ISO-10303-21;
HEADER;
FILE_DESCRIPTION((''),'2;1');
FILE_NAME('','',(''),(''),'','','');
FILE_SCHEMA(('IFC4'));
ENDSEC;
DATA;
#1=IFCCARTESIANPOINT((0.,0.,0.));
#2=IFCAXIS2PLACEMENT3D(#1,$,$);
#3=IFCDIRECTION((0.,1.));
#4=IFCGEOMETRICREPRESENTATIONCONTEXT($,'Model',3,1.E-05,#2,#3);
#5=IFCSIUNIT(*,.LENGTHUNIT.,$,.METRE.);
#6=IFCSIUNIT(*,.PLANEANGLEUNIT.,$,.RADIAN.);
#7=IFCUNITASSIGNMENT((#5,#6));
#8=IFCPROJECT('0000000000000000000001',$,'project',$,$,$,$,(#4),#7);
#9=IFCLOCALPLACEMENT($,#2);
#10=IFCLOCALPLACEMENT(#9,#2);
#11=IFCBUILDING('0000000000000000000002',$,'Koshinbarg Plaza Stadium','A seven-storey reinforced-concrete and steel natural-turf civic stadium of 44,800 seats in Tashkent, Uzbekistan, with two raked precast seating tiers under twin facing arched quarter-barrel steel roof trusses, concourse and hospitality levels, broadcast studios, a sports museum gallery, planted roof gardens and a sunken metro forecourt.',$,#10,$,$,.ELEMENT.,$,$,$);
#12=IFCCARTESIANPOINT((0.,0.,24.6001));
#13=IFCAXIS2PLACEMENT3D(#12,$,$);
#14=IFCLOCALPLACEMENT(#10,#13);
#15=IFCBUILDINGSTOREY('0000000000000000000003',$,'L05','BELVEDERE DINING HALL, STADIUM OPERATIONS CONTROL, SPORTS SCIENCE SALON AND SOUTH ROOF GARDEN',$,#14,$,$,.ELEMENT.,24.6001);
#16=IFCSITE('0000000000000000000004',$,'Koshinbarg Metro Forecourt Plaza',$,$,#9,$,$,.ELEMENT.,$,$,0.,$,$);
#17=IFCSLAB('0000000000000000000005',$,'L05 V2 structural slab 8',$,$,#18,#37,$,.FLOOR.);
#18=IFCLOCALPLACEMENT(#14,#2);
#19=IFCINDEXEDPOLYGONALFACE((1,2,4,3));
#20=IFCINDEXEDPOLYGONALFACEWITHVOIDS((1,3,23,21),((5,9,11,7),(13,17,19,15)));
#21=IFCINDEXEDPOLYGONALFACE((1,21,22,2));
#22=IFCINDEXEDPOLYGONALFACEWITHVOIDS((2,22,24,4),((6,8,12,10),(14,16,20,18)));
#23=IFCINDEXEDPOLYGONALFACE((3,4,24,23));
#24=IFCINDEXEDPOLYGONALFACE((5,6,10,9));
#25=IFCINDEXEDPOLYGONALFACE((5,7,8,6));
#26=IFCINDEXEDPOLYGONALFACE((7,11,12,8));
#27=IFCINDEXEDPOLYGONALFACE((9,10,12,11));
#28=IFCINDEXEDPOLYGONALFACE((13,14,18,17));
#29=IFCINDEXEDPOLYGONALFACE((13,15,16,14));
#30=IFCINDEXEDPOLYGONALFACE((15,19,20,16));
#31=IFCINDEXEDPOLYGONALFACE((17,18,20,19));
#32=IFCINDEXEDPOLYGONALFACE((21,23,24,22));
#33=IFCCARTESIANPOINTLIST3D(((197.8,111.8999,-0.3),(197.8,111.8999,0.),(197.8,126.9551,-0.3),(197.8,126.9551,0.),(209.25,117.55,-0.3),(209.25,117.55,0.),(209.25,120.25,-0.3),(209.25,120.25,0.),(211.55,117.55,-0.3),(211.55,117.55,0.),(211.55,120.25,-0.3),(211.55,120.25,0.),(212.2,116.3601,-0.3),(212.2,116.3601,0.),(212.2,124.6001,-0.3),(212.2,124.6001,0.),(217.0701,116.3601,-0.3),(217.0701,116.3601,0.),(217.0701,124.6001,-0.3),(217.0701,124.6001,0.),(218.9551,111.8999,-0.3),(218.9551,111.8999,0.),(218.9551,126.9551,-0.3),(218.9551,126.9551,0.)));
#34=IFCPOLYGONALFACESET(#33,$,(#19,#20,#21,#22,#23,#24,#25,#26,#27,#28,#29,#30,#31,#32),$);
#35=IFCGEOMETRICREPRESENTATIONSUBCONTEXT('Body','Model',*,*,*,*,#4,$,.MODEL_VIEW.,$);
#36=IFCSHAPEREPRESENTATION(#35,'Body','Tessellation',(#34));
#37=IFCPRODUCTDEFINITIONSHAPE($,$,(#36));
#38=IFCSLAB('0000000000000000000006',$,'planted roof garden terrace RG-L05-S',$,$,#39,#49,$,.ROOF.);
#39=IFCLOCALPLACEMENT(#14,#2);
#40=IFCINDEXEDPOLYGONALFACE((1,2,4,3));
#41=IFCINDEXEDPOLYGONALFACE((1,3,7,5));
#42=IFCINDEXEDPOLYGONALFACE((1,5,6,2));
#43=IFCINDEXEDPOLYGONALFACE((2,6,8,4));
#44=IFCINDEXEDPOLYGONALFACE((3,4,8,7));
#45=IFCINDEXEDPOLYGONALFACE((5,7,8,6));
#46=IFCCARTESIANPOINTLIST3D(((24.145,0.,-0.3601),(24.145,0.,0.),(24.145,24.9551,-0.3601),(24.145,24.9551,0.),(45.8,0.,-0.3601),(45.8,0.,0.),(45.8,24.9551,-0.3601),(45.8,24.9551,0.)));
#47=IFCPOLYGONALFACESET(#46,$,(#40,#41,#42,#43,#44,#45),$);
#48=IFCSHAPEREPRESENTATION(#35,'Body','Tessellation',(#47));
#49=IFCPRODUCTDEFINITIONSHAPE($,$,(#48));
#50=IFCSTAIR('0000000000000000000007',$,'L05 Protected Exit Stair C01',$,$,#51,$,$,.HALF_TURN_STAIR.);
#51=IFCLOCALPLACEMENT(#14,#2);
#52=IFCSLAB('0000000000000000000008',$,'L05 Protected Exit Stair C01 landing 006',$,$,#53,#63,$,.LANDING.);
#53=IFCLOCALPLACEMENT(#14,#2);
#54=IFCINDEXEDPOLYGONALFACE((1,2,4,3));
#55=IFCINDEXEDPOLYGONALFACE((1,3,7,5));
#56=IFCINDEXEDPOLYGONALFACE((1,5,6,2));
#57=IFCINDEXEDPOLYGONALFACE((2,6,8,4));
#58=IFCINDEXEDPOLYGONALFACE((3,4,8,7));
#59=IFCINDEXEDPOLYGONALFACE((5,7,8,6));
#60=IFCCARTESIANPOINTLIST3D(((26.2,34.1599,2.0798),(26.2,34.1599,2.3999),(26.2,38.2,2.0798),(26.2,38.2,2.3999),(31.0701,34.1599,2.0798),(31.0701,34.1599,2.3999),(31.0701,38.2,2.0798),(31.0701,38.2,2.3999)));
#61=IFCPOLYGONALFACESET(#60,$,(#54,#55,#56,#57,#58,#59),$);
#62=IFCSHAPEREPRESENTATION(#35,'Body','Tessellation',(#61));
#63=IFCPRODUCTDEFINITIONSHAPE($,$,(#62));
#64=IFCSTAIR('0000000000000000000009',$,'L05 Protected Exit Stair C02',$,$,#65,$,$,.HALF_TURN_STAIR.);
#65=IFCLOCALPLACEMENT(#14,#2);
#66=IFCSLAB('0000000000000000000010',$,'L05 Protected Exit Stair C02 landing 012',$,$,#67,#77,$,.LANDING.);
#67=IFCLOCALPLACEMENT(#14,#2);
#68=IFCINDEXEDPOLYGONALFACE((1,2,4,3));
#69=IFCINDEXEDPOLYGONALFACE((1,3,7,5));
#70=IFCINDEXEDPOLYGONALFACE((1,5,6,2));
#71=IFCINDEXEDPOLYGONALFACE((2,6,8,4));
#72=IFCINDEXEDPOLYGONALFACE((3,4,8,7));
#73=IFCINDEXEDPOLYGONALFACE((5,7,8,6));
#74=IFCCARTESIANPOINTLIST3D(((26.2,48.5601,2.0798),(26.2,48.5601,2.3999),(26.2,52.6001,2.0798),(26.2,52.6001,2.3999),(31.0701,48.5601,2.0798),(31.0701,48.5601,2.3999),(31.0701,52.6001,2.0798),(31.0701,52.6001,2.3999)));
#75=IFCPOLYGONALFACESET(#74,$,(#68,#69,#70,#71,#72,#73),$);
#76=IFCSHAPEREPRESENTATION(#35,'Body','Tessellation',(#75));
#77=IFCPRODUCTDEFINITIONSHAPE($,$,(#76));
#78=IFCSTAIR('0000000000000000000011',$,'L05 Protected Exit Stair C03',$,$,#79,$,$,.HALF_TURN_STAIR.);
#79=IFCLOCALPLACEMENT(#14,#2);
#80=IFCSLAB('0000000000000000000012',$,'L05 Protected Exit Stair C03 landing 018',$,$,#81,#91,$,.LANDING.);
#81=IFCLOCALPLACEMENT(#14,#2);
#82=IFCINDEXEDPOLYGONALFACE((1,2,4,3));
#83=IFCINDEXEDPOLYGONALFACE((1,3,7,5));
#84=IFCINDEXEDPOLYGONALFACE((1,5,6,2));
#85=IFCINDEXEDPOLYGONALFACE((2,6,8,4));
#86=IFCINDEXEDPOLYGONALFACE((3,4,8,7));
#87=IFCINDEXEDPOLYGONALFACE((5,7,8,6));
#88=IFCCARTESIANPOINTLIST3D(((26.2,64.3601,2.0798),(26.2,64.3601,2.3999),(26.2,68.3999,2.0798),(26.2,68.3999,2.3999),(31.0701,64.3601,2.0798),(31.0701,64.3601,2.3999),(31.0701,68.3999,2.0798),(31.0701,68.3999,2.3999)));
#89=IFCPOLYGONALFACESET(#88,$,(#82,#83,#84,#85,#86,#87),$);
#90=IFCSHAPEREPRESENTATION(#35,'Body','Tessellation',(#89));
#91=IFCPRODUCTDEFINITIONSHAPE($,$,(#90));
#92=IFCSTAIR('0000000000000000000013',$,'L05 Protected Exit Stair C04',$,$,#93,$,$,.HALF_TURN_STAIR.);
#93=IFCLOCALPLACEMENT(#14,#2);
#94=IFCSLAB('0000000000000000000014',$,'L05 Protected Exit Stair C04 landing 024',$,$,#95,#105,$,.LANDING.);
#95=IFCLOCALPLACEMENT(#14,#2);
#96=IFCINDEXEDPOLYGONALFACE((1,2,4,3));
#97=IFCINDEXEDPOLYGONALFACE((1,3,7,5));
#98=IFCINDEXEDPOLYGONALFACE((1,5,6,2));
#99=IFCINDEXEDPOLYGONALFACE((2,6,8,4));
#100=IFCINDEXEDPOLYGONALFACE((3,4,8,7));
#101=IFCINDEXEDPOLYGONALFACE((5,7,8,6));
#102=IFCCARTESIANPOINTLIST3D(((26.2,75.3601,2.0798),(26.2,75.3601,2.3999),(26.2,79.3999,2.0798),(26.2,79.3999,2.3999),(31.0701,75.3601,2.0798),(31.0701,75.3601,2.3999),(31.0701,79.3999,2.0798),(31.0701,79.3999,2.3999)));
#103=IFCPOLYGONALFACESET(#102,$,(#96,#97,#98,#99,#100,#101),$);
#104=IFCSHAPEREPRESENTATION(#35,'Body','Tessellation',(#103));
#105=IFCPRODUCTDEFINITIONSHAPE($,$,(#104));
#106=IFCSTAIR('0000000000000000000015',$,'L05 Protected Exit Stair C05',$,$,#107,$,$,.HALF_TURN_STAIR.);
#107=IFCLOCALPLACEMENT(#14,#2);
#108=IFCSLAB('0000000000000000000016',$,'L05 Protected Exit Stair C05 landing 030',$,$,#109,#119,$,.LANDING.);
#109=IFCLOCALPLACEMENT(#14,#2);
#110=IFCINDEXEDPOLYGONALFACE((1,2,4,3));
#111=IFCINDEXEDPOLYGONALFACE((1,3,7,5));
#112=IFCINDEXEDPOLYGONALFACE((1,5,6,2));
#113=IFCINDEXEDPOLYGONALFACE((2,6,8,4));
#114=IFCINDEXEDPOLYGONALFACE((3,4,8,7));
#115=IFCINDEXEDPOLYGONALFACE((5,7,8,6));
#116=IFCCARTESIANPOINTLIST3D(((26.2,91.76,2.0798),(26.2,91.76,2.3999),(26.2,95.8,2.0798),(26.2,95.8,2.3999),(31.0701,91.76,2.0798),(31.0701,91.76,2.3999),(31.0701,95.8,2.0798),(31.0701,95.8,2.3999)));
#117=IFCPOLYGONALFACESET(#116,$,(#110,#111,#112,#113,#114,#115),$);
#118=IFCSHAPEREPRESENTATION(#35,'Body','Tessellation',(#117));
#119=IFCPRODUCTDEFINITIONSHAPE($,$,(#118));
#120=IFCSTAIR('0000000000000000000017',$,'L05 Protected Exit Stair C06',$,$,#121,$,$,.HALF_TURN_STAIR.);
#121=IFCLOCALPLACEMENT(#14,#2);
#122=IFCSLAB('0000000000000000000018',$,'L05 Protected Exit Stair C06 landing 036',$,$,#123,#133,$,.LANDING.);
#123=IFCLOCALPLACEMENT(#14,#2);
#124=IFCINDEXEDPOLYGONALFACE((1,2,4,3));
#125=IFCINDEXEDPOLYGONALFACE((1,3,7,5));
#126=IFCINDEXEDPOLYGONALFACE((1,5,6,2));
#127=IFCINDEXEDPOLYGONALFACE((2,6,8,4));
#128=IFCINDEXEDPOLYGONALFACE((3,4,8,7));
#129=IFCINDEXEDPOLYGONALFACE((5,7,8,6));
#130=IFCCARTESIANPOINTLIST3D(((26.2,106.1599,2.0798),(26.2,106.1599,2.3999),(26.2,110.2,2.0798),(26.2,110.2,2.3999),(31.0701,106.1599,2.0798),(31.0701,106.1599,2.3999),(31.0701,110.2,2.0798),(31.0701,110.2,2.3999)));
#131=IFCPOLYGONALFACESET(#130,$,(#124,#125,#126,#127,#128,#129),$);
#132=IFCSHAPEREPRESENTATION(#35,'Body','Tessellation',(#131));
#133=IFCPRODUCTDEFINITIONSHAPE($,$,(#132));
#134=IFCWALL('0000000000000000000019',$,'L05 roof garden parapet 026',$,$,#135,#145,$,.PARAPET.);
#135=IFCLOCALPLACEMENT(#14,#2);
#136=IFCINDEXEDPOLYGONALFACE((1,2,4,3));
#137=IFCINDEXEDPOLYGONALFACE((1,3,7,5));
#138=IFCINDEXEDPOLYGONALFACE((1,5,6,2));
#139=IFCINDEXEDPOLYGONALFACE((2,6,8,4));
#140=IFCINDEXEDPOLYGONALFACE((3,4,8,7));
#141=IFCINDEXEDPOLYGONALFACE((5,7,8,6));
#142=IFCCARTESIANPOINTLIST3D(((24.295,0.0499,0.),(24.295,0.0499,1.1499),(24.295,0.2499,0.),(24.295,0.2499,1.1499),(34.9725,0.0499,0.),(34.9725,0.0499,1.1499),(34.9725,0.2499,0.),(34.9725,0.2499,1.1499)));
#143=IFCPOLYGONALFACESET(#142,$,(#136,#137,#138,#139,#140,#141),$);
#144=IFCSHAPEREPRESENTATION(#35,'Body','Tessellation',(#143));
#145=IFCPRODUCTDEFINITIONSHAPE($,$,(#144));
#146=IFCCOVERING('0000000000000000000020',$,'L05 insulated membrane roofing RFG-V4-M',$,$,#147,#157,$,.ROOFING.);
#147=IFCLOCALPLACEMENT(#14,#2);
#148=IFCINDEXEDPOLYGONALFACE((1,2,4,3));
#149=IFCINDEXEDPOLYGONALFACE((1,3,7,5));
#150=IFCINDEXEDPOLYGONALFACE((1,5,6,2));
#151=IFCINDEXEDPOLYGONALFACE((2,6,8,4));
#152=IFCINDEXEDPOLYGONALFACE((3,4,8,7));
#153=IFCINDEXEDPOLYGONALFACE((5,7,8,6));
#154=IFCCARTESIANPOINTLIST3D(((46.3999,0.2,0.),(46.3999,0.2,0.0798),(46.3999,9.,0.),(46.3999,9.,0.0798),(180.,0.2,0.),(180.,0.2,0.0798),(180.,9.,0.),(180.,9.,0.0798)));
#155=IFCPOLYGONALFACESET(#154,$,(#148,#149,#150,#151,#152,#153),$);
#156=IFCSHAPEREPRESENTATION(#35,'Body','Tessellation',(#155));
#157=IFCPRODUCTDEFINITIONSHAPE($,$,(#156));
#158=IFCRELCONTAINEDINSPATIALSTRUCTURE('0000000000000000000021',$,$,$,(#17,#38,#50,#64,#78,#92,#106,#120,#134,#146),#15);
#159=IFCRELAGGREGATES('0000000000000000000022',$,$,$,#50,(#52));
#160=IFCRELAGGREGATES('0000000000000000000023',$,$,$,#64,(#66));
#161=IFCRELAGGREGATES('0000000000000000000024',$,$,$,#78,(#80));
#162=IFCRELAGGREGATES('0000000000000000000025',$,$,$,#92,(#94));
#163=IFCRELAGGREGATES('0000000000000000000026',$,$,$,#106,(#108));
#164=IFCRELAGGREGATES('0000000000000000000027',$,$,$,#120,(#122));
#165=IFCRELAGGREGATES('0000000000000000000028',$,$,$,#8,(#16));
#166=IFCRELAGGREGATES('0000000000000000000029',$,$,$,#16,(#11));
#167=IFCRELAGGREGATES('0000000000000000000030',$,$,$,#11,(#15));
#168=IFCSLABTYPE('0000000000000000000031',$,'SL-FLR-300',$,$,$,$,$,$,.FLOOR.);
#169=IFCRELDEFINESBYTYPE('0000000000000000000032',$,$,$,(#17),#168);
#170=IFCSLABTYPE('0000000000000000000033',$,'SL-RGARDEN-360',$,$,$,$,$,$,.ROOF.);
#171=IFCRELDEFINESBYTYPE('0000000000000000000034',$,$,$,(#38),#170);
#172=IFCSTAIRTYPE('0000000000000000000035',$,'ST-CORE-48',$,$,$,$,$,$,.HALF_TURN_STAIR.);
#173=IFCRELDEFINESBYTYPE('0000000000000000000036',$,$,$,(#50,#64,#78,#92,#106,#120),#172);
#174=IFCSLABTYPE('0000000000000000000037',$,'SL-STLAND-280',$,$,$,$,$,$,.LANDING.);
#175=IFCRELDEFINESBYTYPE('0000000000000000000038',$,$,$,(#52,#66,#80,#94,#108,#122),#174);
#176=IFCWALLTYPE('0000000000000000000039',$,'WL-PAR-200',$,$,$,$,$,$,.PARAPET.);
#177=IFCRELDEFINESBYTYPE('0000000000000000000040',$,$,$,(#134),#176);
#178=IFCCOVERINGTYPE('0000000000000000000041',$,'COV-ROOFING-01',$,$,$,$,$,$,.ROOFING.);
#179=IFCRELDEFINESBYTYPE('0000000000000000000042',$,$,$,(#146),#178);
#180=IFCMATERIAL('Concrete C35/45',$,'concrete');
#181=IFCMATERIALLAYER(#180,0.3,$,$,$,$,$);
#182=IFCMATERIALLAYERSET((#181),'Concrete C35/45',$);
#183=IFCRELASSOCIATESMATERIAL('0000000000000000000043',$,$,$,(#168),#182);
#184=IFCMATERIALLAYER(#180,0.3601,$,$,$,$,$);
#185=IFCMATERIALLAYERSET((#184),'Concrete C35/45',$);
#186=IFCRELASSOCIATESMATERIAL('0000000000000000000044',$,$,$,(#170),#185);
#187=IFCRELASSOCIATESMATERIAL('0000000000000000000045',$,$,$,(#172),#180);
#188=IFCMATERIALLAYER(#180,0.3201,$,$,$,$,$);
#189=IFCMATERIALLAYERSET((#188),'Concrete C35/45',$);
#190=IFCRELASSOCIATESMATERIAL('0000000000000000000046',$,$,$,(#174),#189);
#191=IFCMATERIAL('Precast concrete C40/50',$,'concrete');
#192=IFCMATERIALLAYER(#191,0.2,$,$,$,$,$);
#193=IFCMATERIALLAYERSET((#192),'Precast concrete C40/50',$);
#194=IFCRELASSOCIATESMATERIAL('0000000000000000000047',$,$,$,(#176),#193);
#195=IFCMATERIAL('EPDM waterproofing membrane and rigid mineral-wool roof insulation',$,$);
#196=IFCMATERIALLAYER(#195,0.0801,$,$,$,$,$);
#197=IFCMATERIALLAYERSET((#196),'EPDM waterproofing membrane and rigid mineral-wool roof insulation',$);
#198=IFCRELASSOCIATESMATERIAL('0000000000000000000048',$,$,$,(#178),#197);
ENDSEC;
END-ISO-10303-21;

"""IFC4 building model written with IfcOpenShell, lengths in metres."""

from ifc_helpers import new_model, si_unit, direction, frame, frame_2d, origin, place, context, subcontext, project, spatial, polyline, rectangle, outline, extrude, material, layer, layer_set, type_object, element, aggregate, save


model = new_model("IFC4")

# Units and contexts
model_context = context("Model", 3, precision=1e-05, world=origin(), true_north=direction((0.0, 1.0)))
body_context = subcontext(model_context, "Body", "Model", "MODEL_VIEW")
ifc_project = project(units=[si_unit("LENGTHUNIT", "METRE"), si_unit("PLANEANGLEUNIT", "RADIAN")], contexts=[model_context])

# Site, building, storey
site_placement = place(None, origin())
site = spatial("IfcSite", under=ifc_project, at=site_placement, Name="Koshinbarg Metro Forecourt Plaza", CompositionType="ELEMENT", RefElevation=0.0)
building_placement = place(site_placement, origin())
building = spatial("IfcBuilding", under=site, at=building_placement, Name="Koshinbarg Plaza Stadium", Description="A seven-storey reinforced-concrete and steel natural-turf civic stadium of 44,800 seats in Tashkent, Uzbekistan, with two raked precast seating tiers under twin facing arched quarter-barrel steel roof trusses, concourse and hospitality levels, broadcast studios, a sports museum gallery, planted roof gardens and a sunken metro forecourt.", CompositionType="ELEMENT")
storey_placement = place(building_placement, frame((0.0, 0.0, 24.6001)))
storey = spatial("IfcBuildingStorey", under=building, at=storey_placement, Name="L05", Description="BELVEDERE DINING HALL, STADIUM OPERATIONS CONTROL, SPORTS SCIENCE SALON AND SOUTH ROOF GARDEN", CompositionType="ELEMENT", Elevation=24.6001)

# Shared definitions
ifc_material_1 = material(Name="Concrete C35/45", Category="concrete")

# Slabs
ifc_layer_1 = layer(ifc_material_1, 0.3)
ifc_layer_set_1 = layer_set([ifc_layer_1], Name="Concrete C35/45")
slab_type_1 = type_object("IfcSlabType", Name="SL-FLR-300", PredefinedType="FLOOR", material=ifc_layer_set_1)
slab_1_placement = place(storey_placement, frame((0.0, 0.0, -0.3)))
element("IfcSlab", 1, at=slab_1_placement, inside=storey, type_object=slab_type_1, Name="L05 V2 structural slab 8", PredefinedType="FLOOR", context=body_context, shape_type="SweptSolid", body=[
    extrude(outline(polyline([(197.8, 111.8999), (218.9551, 111.8999), (218.9551, 126.9551), (197.8, 126.9551), (197.8, 111.8999)]), holes=[polyline([(217.0701, 116.3601), (217.0701, 124.6001), (212.2, 124.6001), (212.2, 116.3601), (217.0701, 116.3601)]), polyline([(209.25, 117.55), (211.55, 117.55), (211.55, 120.25), (209.25, 120.25), (209.25, 117.55)])]), origin(), (0.0, 0.0, 1.0), 0.3),
])
ifc_layer_2 = layer(ifc_material_1, 0.3601)
ifc_layer_set_2 = layer_set([ifc_layer_2], Name="Concrete C35/45")
slab_type_2 = type_object("IfcSlabType", Name="SL-RGARDEN-360", PredefinedType="ROOF", material=ifc_layer_set_2)
slab_2_placement = place(storey_placement, frame((0.0, 0.0, -0.3601)))
element("IfcSlab", 2, at=slab_2_placement, inside=storey, type_object=slab_type_2, Name="planted roof garden terrace RG-L05-S", PredefinedType="ROOF", context=body_context, shape_type="SweptSolid", body=[
    extrude(outline(polyline([(24.145, 0.0), (45.8, 0.0), (45.8, 24.9551), (24.145, 24.9551), (24.145, 0.0)])), origin(), (0.0, 0.0, 1.0), 0.3601),
])

# Stairs, slabs
stair_type = type_object("IfcStairType", Name="ST-CORE-48", PredefinedType="HALF_TURN_STAIR", material=ifc_material_1)
stair_1_placement = place(storey_placement, origin())
stair_1 = element("IfcStair", 3, at=stair_1_placement, inside=storey, type_object=stair_type, Name="L05 Protected Exit Stair C01", PredefinedType="HALF_TURN_STAIR")
ifc_layer_3 = layer(ifc_material_1, 0.3201)
ifc_layer_set_3 = layer_set([ifc_layer_3], Name="Concrete C35/45")
slab_type_3 = type_object("IfcSlabType", Name="SL-STLAND-280", PredefinedType="LANDING", material=ifc_layer_set_3)
slab_3_placement = place(storey_placement, frame((0.0, 0.0, 2.0798)))
slab_3 = element("IfcSlab", 4, at=slab_3_placement, type_object=slab_type_3, Name="L05 Protected Exit Stair C01 landing 006", PredefinedType="LANDING", context=body_context, shape_type="SweptSolid", body=[
    extrude(outline(polyline([(31.0701, 34.1599), (31.0701, 38.2), (26.2, 38.2), (26.2, 34.1599), (31.0701, 34.1599)])), origin(), (0.0, 0.0, 1.0), 0.3201),
])
aggregate(stair_1, [slab_3])
stair_2_placement = place(storey_placement, origin())
stair_2 = element("IfcStair", 5, at=stair_2_placement, inside=storey, type_object=stair_type, Name="L05 Protected Exit Stair C02", PredefinedType="HALF_TURN_STAIR")
slab_4_placement = place(storey_placement, frame((0.0, 0.0, 2.0798)))
slab_4 = element("IfcSlab", 6, at=slab_4_placement, type_object=slab_type_3, Name="L05 Protected Exit Stair C02 landing 012", PredefinedType="LANDING", context=body_context, shape_type="SweptSolid", body=[
    extrude(outline(polyline([(31.0701, 48.5601), (31.0701, 52.6001), (26.2, 52.6001), (26.2, 48.5601), (31.0701, 48.5601)])), origin(), (0.0, 0.0, 1.0), 0.3201),
])
aggregate(stair_2, [slab_4])
stair_3_placement = place(storey_placement, origin())
stair_3 = element("IfcStair", 7, at=stair_3_placement, inside=storey, type_object=stair_type, Name="L05 Protected Exit Stair C03", PredefinedType="HALF_TURN_STAIR")
slab_5_placement = place(storey_placement, frame((0.0, 0.0, 2.0798)))
slab_5 = element("IfcSlab", 8, at=slab_5_placement, type_object=slab_type_3, Name="L05 Protected Exit Stair C03 landing 018", PredefinedType="LANDING", context=body_context, shape_type="SweptSolid", body=[
    extrude(outline(polyline([(31.0701, 64.3601), (31.0701, 68.3999), (26.2, 68.3999), (26.2, 64.3601), (31.0701, 64.3601)])), origin(), (0.0, 0.0, 1.0), 0.3201),
])
aggregate(stair_3, [slab_5])
stair_4_placement = place(storey_placement, origin())
stair_4 = element("IfcStair", 9, at=stair_4_placement, inside=storey, type_object=stair_type, Name="L05 Protected Exit Stair C04", PredefinedType="HALF_TURN_STAIR")
slab_6_placement = place(storey_placement, frame((0.0, 0.0, 2.0798)))
slab_6 = element("IfcSlab", 10, at=slab_6_placement, type_object=slab_type_3, Name="L05 Protected Exit Stair C04 landing 024", PredefinedType="LANDING", context=body_context, shape_type="SweptSolid", body=[
    extrude(outline(polyline([(31.0701, 75.3601), (31.0701, 79.3999), (26.2, 79.3999), (26.2, 75.3601), (31.0701, 75.3601)])), origin(), (0.0, 0.0, 1.0), 0.3201),
])
aggregate(stair_4, [slab_6])
stair_5_placement = place(storey_placement, origin())
stair_5 = element("IfcStair", 11, at=stair_5_placement, inside=storey, type_object=stair_type, Name="L05 Protected Exit Stair C05", PredefinedType="HALF_TURN_STAIR")
slab_7_placement = place(storey_placement, frame((0.0, 0.0, 2.0798)))
slab_7 = element("IfcSlab", 12, at=slab_7_placement, type_object=slab_type_3, Name="L05 Protected Exit Stair C05 landing 030", PredefinedType="LANDING", context=body_context, shape_type="SweptSolid", body=[
    extrude(outline(polyline([(31.0701, 91.76), (31.0701, 95.8), (26.2, 95.8), (26.2, 91.76), (31.0701, 91.76)])), origin(), (0.0, 0.0, 1.0), 0.3201),
])
aggregate(stair_5, [slab_7])
stair_6_placement = place(storey_placement, origin())
stair_6 = element("IfcStair", 13, at=stair_6_placement, inside=storey, type_object=stair_type, Name="L05 Protected Exit Stair C06", PredefinedType="HALF_TURN_STAIR")
slab_8_placement = place(storey_placement, frame((0.0, 0.0, 2.0798)))
slab_8 = element("IfcSlab", 14, at=slab_8_placement, type_object=slab_type_3, Name="L05 Protected Exit Stair C06 landing 036", PredefinedType="LANDING", context=body_context, shape_type="SweptSolid", body=[
    extrude(outline(polyline([(31.0701, 106.1599), (31.0701, 110.2), (26.2, 110.2), (26.2, 106.1599), (31.0701, 106.1599)])), origin(), (0.0, 0.0, 1.0), 0.3201),
])
aggregate(stair_6, [slab_8])

# Wall
ifc_material_2 = material(Name="Precast concrete C40/50", Category="concrete")
ifc_layer_4 = layer(ifc_material_2, 0.2)
ifc_layer_set_4 = layer_set([ifc_layer_4], Name="Precast concrete C40/50")
wall_type = type_object("IfcWallType", Name="WL-PAR-200", PredefinedType="PARAPET", material=ifc_layer_set_4)
wall_placement = place(storey_placement, frame((24.2949, 0.1499, 0.0), z_axis=(0.0, 0.0, 1.0), x_axis=(1.0, 0.0, 0.0)))
element("IfcWall", 15, at=wall_placement, inside=storey, type_object=wall_type, Name="L05 roof garden parapet 026", PredefinedType="PARAPET", context=body_context, shape_type="SweptSolid", body=[
    extrude(rectangle(XDim=10.6775, YDim=0.2, at=frame_2d((5.3389, 0.0))), origin(), (0.0, 0.0, 1.0), 1.1499),
])

# Covering
ifc_material_3 = material(Name="EPDM waterproofing membrane and rigid mineral-wool roof insulation")
ifc_layer_5 = layer(ifc_material_3, 0.0801)
ifc_layer_set_5 = layer_set([ifc_layer_5], Name="EPDM waterproofing membrane and rigid mineral-wool roof insulation")
covering_type = type_object("IfcCoveringType", Name="COV-ROOFING-01", PredefinedType="ROOFING", material=ifc_layer_set_5)
covering_placement = place(storey_placement, origin())
element("IfcCovering", 16, at=covering_placement, inside=storey, type_object=covering_type, Name="L05 insulated membrane roofing RFG-V4-M", PredefinedType="ROOFING", context=body_context, shape_type="SweptSolid", body=[
    extrude(outline(polyline([(46.3999, 0.2), (180.0, 0.2), (180.0, 9.0), (46.3999, 9.0), (46.3999, 0.2)])), origin(), (0.0, 0.0, 1.0), 0.0798),
])

save(model, "model.ifc")
